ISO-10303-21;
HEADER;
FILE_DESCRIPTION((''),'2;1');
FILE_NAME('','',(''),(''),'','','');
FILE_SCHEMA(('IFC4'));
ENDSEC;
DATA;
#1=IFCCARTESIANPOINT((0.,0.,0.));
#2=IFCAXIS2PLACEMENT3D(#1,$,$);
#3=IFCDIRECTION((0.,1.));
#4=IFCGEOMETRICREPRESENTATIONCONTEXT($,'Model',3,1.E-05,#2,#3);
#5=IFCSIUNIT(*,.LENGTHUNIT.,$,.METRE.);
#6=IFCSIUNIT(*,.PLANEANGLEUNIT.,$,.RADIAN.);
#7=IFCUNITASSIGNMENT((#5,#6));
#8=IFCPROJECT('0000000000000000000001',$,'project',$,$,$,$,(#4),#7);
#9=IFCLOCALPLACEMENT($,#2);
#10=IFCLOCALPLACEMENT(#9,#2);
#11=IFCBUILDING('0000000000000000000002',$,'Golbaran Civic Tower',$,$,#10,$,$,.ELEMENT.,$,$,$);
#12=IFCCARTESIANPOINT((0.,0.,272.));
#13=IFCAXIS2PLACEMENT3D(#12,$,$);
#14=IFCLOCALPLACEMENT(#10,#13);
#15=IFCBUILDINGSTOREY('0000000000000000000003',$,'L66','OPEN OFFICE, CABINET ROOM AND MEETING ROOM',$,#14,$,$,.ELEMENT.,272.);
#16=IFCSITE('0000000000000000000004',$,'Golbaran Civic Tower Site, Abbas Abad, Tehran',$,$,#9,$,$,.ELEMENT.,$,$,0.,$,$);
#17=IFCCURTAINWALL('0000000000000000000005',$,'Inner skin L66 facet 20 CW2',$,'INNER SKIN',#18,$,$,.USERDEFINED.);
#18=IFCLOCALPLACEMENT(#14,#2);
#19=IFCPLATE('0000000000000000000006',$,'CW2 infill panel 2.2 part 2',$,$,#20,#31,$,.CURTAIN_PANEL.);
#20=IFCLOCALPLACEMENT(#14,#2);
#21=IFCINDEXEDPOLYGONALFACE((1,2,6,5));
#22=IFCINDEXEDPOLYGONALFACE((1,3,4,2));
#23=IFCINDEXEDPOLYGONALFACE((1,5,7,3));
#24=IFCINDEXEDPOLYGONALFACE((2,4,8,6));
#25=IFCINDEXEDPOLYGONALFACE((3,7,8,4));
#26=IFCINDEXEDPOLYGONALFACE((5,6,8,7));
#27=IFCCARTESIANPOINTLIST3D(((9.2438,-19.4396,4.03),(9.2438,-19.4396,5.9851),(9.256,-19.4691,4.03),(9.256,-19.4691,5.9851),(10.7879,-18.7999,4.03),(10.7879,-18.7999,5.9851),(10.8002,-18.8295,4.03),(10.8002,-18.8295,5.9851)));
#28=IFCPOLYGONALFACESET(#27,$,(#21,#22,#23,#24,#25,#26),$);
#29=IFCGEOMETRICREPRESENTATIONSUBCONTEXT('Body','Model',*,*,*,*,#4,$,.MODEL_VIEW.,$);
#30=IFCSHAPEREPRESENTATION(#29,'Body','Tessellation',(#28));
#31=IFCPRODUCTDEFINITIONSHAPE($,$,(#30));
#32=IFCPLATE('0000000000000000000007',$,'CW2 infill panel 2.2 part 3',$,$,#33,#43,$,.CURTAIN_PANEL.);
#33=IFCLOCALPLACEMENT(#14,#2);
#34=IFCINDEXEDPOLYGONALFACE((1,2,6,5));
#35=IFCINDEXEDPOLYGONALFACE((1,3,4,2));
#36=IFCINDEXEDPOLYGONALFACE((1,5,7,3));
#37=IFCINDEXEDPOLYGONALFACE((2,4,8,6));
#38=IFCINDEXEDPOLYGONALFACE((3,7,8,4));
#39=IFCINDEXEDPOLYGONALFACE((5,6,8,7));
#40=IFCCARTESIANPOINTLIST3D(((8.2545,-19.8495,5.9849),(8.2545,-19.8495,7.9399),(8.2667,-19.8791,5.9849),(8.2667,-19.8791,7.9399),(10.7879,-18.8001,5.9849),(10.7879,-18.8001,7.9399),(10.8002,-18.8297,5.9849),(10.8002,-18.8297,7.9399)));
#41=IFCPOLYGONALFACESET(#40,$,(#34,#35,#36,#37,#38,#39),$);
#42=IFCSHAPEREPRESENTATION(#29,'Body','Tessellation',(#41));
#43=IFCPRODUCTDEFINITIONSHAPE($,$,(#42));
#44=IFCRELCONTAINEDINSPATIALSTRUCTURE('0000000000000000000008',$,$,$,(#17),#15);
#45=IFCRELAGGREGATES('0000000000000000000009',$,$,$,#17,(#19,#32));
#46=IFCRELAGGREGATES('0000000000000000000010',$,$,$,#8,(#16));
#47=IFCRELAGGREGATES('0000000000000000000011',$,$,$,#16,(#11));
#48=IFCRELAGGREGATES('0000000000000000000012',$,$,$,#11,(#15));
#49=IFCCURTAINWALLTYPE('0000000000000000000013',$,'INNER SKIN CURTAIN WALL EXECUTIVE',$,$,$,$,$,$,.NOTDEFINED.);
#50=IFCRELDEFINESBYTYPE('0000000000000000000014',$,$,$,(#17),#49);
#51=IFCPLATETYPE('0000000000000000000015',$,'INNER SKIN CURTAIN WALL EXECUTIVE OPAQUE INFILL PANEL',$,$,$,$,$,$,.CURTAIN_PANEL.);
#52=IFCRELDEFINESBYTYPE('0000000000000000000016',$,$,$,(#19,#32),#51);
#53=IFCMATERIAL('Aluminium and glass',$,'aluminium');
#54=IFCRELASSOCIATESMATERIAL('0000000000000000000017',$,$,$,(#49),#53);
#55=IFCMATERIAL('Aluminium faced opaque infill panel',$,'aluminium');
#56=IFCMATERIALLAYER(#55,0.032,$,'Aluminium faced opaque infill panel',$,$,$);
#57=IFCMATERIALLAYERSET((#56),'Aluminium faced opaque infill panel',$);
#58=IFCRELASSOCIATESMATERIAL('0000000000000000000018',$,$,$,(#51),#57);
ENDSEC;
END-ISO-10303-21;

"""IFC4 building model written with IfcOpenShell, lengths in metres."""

from ifc_helpers import new_model, si_unit, direction, frame, origin, origin_2d, place, context, subcontext, project, spatial, rectangle, extrude, material, layer, layer_set, type_object, element, aggregate, save


model = new_model("IFC4")

# Units and contexts
model_context = context("Model", 3, precision=1e-05, world=origin(), true_north=direction((0.0, 1.0)))
body_context = subcontext(model_context, "Body", "Model", "MODEL_VIEW")
ifc_project = project(units=[si_unit("LENGTHUNIT", "METRE"), si_unit("PLANEANGLEUNIT", "RADIAN")], contexts=[model_context])

# Site, building, storey
site_placement = place(None, origin())
site = spatial("IfcSite", under=ifc_project, at=site_placement, Name="Golbaran Civic Tower Site, Abbas Abad, Tehran", CompositionType="ELEMENT", RefElevation=0.0)
building_placement = place(site_placement, origin())
building = spatial("IfcBuilding", under=site, at=building_placement, Name="Golbaran Civic Tower", CompositionType="ELEMENT")
storey_placement = place(building_placement, frame((0.0, 0.0, 272.0)))
storey = spatial("IfcBuildingStorey", under=building, at=storey_placement, Name="L66", Description="OPEN OFFICE, CABINET ROOM AND MEETING ROOM", CompositionType="ELEMENT", Elevation=272.0)

# Curtain wall
ifc_material_1 = material(Name="Aluminium and glass", Category="aluminium")
curtain_wall_type = type_object("IfcCurtainWallType", Name="INNER SKIN CURTAIN WALL EXECUTIVE", PredefinedType="NOTDEFINED", material=ifc_material_1)
curtain_wall_1_placement = place(storey_placement, origin())
curtain_wall_1 = element("IfcCurtainWall", 1, at=curtain_wall_1_placement, inside=storey, type_object=curtain_wall_type, Name="Inner skin L66 facet 20 CW2", ObjectType="INNER SKIN", PredefinedType="USERDEFINED")

# Plates
ifc_material_2 = material(Name="Aluminium faced opaque infill panel", Category="aluminium")
ifc_layer_1 = layer(ifc_material_2, 0.032, Name="Aluminium faced opaque infill panel")
ifc_layer_set_1 = layer_set([ifc_layer_1], Name="Aluminium faced opaque infill panel")
plate_type_1 = type_object("IfcPlateType", Name="INNER SKIN CURTAIN WALL EXECUTIVE OPAQUE INFILL PANEL", PredefinedType="CURTAIN_PANEL", material=ifc_layer_set_1)
plate_1_placement = place(storey_placement, frame((10.022, -19.1345, 4.03), z_axis=(0.0, 0.0, 1.0), x_axis=(0.92388, 0.382683, 0.0)))
plate_1 = element("IfcPlate", 2, at=plate_1_placement, type_object=plate_type_1, Name="CW2 infill panel 2.2 part 2", PredefinedType="CURTAIN_PANEL", context=body_context, shape_type="SweptSolid", body=[
    extrude(rectangle(XDim=1.6714, YDim=0.032, at=origin_2d()), origin(), (0.0, 0.0, 1.0), 1.9551),
])
plate_2_placement = place(storey_placement, frame((9.5273, -19.3396, 5.9849), z_axis=(0.0, 0.0, 1.0), x_axis=(0.92388, 0.382683, 0.0)))
plate_2 = element("IfcPlate", 3, at=plate_2_placement, type_object=plate_type_1, Name="CW2 infill panel 2.2 part 3", PredefinedType="CURTAIN_PANEL", context=body_context, shape_type="SweptSolid", body=[
    extrude(rectangle(XDim=2.7422, YDim=0.032, at=origin_2d()), origin(), (0.0, 0.0, 1.0), 1.9551),
])
aggregate(curtain_wall_1, [plate_1, plate_2])

save(model, "model.ifc")
